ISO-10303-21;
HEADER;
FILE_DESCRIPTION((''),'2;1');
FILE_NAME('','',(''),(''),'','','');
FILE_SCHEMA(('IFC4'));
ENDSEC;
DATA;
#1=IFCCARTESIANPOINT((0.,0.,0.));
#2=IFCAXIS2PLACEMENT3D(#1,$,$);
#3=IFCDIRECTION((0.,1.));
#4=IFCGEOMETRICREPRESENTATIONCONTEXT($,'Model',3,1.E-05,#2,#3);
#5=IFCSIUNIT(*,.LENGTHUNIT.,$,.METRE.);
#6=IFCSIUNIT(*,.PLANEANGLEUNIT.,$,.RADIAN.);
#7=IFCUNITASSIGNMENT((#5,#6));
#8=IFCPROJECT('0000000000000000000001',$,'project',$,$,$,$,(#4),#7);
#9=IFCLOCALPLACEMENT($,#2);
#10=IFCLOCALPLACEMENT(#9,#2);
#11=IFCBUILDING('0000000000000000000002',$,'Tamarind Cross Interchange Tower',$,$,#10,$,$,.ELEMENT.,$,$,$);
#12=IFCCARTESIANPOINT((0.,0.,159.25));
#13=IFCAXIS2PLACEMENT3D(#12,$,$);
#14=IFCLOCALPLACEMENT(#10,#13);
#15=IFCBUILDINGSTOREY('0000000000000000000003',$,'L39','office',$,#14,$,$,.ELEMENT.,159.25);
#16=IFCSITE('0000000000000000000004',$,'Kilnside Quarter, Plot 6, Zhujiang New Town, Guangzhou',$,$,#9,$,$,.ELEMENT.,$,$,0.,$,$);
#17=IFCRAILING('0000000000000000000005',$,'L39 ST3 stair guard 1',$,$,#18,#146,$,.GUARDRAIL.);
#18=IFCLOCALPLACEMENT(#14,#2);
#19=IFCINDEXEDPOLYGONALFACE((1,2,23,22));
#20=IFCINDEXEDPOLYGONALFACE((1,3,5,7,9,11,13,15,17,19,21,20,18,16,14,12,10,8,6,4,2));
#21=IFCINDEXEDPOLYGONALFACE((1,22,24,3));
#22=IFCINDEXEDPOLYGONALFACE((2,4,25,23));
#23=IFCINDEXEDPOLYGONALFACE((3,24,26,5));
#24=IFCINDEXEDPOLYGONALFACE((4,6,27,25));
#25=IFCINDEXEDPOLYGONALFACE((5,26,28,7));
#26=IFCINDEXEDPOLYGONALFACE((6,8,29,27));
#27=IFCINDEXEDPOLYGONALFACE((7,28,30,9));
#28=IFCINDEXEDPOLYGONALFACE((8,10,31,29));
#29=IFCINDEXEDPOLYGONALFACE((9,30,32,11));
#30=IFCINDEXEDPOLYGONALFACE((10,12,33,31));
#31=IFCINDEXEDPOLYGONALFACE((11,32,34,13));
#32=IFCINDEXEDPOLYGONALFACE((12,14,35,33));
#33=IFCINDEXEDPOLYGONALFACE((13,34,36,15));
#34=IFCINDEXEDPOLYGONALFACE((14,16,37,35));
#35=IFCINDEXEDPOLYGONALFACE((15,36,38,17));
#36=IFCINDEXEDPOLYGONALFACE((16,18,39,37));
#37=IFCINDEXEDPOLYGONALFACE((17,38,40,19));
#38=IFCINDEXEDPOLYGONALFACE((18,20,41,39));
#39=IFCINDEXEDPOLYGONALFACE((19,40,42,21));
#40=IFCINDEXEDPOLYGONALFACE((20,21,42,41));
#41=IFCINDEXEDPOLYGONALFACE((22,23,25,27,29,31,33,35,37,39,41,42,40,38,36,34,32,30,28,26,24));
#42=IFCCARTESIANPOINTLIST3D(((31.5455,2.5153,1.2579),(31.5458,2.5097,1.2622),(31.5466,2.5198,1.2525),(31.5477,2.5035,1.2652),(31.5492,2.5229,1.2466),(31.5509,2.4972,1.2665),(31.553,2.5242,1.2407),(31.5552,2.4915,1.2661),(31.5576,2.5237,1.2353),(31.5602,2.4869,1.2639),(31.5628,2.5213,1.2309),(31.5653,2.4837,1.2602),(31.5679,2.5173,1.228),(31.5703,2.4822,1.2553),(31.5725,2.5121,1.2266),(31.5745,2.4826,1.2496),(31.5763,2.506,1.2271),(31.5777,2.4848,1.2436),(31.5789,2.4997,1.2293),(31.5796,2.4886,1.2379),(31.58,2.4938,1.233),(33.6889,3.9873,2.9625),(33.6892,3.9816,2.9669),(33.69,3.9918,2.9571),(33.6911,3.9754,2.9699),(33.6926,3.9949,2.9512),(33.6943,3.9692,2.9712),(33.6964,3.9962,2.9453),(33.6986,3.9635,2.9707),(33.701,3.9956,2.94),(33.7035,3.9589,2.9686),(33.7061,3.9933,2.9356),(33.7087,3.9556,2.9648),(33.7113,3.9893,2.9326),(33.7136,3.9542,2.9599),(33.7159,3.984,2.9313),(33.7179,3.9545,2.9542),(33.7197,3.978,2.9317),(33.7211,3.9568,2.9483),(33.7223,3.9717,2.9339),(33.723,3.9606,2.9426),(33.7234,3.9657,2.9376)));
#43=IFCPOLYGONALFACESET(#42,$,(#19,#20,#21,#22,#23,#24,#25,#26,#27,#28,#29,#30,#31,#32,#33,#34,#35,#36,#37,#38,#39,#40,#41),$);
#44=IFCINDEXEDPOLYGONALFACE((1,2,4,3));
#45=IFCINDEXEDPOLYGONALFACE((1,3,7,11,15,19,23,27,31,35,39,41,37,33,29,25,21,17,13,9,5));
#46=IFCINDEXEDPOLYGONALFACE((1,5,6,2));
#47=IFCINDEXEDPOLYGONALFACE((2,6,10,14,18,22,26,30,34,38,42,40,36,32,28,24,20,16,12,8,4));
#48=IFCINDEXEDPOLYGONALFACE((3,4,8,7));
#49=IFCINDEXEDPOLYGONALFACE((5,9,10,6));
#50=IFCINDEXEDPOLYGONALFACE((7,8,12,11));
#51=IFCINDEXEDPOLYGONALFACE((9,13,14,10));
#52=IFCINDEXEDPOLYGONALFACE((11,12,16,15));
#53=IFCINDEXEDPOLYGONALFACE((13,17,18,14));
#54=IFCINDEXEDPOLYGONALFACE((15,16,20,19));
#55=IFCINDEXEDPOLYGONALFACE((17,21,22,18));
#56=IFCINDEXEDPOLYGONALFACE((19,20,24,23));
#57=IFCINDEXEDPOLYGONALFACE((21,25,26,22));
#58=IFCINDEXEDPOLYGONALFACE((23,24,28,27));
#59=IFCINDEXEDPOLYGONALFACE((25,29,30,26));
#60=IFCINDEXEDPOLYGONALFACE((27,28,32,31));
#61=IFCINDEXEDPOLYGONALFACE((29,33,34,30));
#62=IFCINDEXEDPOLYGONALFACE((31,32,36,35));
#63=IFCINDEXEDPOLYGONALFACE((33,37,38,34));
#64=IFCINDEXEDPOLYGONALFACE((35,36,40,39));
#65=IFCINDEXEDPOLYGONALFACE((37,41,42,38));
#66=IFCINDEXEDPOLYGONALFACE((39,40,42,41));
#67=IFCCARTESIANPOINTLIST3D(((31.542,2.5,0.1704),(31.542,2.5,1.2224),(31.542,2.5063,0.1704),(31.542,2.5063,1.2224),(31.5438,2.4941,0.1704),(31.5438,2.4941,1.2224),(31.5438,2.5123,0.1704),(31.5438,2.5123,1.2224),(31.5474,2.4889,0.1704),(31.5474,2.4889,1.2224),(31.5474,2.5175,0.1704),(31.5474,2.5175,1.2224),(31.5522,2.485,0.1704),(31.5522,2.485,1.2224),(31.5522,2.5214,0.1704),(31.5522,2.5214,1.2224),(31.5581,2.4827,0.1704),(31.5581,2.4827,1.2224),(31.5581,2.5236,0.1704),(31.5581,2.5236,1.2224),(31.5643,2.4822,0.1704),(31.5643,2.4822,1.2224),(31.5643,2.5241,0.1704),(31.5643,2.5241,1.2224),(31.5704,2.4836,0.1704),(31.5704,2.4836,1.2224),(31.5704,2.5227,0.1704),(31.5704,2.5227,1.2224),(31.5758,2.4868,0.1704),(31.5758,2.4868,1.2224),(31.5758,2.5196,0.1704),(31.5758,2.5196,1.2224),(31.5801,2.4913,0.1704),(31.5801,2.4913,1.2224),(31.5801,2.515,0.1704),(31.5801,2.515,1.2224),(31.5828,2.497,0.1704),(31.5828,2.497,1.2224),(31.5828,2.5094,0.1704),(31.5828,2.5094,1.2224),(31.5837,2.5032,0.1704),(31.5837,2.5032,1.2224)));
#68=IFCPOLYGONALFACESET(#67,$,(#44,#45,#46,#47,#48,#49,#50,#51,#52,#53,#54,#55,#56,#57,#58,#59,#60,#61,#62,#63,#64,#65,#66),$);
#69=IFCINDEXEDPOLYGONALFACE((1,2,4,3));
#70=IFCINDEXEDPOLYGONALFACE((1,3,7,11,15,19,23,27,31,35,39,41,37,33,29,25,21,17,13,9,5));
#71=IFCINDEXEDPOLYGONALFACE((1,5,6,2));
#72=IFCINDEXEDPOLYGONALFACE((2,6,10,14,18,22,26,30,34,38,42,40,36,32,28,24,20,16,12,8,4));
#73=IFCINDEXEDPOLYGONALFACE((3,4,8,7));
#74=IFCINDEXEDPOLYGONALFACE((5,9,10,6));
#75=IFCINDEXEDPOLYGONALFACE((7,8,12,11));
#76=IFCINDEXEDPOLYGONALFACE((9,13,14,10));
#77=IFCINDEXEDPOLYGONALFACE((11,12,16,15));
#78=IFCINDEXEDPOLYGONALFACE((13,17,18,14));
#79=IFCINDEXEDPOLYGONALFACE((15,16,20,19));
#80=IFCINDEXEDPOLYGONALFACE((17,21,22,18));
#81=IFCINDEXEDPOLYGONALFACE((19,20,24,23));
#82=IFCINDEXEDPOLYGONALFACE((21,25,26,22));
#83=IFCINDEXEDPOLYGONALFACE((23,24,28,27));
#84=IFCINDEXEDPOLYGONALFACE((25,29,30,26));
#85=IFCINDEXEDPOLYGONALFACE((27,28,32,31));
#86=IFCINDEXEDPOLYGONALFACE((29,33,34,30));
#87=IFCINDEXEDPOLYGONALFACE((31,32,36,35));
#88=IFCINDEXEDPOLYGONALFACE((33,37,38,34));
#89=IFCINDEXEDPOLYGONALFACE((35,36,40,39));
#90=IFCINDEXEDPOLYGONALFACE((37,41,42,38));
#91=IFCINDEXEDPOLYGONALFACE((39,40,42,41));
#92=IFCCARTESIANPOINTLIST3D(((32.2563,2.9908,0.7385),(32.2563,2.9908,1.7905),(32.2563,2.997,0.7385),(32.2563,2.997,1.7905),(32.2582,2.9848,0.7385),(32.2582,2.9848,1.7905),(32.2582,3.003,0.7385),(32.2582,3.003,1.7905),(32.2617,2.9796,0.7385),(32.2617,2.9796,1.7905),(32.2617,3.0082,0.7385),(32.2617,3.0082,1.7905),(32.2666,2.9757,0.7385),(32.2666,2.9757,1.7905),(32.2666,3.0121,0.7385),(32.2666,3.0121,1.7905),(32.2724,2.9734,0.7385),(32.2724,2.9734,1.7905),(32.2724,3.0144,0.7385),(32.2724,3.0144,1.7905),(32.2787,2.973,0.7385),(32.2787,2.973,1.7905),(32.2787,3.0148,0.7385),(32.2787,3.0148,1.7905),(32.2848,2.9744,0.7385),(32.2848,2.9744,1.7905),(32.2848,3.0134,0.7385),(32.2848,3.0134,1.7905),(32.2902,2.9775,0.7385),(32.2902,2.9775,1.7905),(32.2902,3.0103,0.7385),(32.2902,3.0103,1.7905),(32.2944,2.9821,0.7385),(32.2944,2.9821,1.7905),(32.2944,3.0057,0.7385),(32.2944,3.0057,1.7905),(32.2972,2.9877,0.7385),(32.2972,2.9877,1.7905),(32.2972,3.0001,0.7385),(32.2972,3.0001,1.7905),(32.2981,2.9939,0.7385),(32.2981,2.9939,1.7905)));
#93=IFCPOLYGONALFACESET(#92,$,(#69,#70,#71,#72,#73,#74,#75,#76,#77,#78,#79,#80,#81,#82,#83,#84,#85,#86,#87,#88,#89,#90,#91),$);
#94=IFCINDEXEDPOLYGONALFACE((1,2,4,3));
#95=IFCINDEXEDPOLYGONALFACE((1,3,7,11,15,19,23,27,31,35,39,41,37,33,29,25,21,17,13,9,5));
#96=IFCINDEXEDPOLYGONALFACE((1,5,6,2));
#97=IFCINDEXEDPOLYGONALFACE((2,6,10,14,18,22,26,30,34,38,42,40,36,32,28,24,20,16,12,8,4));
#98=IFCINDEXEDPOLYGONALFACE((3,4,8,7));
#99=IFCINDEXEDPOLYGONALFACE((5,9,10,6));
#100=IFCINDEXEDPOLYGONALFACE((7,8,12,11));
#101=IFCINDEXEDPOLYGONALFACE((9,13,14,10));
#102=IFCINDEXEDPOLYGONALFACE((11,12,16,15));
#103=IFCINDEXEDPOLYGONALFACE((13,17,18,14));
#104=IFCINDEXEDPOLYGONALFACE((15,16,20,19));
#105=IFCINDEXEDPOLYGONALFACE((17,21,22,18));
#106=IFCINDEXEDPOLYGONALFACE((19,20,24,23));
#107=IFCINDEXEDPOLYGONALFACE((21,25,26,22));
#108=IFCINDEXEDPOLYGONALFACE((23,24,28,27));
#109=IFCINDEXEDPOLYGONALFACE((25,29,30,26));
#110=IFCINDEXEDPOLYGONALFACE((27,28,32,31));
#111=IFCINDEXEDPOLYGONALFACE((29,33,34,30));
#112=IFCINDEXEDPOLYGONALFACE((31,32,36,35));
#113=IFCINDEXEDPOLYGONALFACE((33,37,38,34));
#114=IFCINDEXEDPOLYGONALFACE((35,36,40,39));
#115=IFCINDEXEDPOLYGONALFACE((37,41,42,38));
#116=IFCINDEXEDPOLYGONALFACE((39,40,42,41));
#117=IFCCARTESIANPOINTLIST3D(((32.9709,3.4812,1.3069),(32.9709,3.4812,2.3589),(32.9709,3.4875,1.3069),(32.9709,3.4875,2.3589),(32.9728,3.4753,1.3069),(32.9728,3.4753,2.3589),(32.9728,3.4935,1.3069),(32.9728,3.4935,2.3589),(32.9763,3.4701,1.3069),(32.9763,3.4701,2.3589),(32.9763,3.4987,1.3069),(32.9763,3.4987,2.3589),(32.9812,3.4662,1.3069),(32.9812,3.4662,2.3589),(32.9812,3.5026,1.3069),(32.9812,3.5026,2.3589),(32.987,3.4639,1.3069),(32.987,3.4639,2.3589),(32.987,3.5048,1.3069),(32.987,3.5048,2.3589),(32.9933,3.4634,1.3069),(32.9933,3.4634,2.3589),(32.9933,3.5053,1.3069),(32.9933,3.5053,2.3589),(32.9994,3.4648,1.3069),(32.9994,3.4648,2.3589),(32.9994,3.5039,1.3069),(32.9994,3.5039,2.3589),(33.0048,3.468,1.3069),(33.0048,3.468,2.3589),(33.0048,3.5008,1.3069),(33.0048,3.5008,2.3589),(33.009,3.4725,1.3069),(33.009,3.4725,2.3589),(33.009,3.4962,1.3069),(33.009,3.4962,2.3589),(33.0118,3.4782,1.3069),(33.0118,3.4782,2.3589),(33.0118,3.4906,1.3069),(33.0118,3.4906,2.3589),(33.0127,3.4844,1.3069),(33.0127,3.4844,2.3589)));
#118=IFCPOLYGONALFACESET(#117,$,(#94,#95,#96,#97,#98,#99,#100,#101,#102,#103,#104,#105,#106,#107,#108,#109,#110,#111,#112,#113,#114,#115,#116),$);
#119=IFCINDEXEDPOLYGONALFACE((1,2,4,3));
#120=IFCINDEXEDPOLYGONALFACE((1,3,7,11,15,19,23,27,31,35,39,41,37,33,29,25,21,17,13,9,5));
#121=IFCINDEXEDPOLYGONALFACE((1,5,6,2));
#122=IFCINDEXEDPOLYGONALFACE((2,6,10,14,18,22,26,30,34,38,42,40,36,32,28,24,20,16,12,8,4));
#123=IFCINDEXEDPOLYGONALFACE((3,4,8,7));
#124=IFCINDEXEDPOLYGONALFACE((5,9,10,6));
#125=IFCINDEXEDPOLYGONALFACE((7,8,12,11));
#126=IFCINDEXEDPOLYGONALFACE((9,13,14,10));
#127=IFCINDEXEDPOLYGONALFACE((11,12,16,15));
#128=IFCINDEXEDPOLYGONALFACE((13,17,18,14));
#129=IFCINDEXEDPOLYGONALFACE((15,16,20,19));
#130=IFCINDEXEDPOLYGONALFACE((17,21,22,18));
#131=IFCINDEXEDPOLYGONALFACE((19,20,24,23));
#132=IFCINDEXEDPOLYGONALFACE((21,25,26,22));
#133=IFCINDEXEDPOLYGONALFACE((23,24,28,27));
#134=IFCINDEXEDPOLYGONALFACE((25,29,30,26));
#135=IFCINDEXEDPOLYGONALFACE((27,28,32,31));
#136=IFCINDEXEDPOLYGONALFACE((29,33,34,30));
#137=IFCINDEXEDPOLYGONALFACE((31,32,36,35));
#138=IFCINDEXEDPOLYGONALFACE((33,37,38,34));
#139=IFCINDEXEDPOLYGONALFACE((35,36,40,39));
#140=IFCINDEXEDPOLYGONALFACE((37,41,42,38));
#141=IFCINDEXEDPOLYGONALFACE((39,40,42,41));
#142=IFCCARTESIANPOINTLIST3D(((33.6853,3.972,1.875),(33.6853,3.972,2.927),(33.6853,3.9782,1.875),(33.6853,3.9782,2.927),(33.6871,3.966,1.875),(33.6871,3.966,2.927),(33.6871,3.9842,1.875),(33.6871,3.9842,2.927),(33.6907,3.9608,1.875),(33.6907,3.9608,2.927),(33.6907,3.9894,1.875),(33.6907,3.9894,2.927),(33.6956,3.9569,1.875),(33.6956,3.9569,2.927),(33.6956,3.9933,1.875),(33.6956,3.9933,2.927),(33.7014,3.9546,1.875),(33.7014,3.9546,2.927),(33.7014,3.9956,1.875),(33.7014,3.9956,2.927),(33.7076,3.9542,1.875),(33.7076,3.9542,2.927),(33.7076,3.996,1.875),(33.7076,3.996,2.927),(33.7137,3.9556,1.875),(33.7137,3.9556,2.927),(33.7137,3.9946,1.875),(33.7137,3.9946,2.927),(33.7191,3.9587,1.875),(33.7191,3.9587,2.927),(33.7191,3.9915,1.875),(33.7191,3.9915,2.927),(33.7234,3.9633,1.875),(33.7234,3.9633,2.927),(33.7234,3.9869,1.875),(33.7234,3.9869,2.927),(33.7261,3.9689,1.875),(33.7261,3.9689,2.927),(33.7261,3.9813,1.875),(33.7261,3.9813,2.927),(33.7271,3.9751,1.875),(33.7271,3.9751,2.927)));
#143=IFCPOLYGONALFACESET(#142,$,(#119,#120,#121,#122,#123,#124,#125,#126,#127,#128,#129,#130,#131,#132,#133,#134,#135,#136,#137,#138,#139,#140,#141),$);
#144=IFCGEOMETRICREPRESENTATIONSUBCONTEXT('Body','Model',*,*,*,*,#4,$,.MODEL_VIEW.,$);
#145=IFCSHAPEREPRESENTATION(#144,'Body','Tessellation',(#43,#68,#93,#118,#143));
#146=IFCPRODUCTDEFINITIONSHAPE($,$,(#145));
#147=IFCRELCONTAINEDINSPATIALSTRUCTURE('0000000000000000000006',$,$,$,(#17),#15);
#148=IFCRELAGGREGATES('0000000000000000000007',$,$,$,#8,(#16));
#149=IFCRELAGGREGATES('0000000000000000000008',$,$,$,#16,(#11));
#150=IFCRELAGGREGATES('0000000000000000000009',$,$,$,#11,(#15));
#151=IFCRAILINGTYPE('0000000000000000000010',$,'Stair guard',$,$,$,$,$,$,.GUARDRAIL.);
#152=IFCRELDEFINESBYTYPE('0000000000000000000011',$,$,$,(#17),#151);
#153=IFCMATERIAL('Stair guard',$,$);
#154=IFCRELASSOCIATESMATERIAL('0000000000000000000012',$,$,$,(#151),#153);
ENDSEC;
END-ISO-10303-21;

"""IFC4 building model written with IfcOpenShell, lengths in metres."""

from ifc_helpers import new_model, si_unit, direction, frame, origin, origin_2d, place, context, subcontext, project, spatial, circle, extrude, material, type_object, element, save


model = new_model("IFC4")

# Units and contexts
model_context = context("Model", 3, precision=1e-05, world=origin(), true_north=direction((0.0, 1.0)))
body_context = subcontext(model_context, "Body", "Model", "MODEL_VIEW")
ifc_project = project(units=[si_unit("LENGTHUNIT", "METRE"), si_unit("PLANEANGLEUNIT", "RADIAN")], contexts=[model_context])

# Site, building, storey
site_placement = place(None, origin())
site = spatial("IfcSite", under=ifc_project, at=site_placement, Name="Kilnside Quarter, Plot 6, Zhujiang New Town, Guangzhou", CompositionType="ELEMENT", RefElevation=0.0)
building_placement = place(site_placement, origin())
building = spatial("IfcBuilding", under=site, at=building_placement, Name="Tamarind Cross Interchange Tower", CompositionType="ELEMENT")
storey_placement = place(building_placement, frame((0.0, 0.0, 159.25)))
storey = spatial("IfcBuildingStorey", under=building, at=storey_placement, Name="L39", Description="office", CompositionType="ELEMENT", Elevation=159.25)

# Railing
ifc_material_1 = material(Name="Stair guard")
railing_type = type_object("IfcRailingType", Name="Stair guard", PredefinedType="GUARDRAIL", material=ifc_material_1)
railing_1_placement = place(storey_placement, frame((31.5627, 2.5032, 0.1704)))
element("IfcRailing", 1, at=railing_1_placement, inside=storey, type_object=railing_type, Name="L39 ST3 stair guard 1", PredefinedType="GUARDRAIL", context=body_context, shape_type="SweptSolid", body=[
    extrude(circle(Radius=0.0239, at=origin_2d()), frame((0.0, 0.0, 1.0762), z_axis=(0.689386, 0.473438, 0.548274), x_axis=(-0.56611, 0.824329, 0.0)), (0.0, 0.0, 1.0), 3.1091),
    extrude(circle(Radius=0.021, at=origin_2d()), origin(), (0.0, 0.0, 1.0), 1.052),
    extrude(circle(Radius=0.021, at=origin_2d()), frame((0.7144, 0.4907, 0.5681)), (0.0, 0.0, 1.0), 1.052),
    extrude(circle(Radius=0.021, at=origin_2d()), frame((1.429, 0.9812, 1.1365)), (0.0, 0.0, 1.0), 1.052),
    extrude(circle(Radius=0.021, at=origin_2d()), frame((2.1433, 1.4719, 1.7046)), (0.0, 0.0, 1.0), 1.052),
])

save(model, "model.ifc")
